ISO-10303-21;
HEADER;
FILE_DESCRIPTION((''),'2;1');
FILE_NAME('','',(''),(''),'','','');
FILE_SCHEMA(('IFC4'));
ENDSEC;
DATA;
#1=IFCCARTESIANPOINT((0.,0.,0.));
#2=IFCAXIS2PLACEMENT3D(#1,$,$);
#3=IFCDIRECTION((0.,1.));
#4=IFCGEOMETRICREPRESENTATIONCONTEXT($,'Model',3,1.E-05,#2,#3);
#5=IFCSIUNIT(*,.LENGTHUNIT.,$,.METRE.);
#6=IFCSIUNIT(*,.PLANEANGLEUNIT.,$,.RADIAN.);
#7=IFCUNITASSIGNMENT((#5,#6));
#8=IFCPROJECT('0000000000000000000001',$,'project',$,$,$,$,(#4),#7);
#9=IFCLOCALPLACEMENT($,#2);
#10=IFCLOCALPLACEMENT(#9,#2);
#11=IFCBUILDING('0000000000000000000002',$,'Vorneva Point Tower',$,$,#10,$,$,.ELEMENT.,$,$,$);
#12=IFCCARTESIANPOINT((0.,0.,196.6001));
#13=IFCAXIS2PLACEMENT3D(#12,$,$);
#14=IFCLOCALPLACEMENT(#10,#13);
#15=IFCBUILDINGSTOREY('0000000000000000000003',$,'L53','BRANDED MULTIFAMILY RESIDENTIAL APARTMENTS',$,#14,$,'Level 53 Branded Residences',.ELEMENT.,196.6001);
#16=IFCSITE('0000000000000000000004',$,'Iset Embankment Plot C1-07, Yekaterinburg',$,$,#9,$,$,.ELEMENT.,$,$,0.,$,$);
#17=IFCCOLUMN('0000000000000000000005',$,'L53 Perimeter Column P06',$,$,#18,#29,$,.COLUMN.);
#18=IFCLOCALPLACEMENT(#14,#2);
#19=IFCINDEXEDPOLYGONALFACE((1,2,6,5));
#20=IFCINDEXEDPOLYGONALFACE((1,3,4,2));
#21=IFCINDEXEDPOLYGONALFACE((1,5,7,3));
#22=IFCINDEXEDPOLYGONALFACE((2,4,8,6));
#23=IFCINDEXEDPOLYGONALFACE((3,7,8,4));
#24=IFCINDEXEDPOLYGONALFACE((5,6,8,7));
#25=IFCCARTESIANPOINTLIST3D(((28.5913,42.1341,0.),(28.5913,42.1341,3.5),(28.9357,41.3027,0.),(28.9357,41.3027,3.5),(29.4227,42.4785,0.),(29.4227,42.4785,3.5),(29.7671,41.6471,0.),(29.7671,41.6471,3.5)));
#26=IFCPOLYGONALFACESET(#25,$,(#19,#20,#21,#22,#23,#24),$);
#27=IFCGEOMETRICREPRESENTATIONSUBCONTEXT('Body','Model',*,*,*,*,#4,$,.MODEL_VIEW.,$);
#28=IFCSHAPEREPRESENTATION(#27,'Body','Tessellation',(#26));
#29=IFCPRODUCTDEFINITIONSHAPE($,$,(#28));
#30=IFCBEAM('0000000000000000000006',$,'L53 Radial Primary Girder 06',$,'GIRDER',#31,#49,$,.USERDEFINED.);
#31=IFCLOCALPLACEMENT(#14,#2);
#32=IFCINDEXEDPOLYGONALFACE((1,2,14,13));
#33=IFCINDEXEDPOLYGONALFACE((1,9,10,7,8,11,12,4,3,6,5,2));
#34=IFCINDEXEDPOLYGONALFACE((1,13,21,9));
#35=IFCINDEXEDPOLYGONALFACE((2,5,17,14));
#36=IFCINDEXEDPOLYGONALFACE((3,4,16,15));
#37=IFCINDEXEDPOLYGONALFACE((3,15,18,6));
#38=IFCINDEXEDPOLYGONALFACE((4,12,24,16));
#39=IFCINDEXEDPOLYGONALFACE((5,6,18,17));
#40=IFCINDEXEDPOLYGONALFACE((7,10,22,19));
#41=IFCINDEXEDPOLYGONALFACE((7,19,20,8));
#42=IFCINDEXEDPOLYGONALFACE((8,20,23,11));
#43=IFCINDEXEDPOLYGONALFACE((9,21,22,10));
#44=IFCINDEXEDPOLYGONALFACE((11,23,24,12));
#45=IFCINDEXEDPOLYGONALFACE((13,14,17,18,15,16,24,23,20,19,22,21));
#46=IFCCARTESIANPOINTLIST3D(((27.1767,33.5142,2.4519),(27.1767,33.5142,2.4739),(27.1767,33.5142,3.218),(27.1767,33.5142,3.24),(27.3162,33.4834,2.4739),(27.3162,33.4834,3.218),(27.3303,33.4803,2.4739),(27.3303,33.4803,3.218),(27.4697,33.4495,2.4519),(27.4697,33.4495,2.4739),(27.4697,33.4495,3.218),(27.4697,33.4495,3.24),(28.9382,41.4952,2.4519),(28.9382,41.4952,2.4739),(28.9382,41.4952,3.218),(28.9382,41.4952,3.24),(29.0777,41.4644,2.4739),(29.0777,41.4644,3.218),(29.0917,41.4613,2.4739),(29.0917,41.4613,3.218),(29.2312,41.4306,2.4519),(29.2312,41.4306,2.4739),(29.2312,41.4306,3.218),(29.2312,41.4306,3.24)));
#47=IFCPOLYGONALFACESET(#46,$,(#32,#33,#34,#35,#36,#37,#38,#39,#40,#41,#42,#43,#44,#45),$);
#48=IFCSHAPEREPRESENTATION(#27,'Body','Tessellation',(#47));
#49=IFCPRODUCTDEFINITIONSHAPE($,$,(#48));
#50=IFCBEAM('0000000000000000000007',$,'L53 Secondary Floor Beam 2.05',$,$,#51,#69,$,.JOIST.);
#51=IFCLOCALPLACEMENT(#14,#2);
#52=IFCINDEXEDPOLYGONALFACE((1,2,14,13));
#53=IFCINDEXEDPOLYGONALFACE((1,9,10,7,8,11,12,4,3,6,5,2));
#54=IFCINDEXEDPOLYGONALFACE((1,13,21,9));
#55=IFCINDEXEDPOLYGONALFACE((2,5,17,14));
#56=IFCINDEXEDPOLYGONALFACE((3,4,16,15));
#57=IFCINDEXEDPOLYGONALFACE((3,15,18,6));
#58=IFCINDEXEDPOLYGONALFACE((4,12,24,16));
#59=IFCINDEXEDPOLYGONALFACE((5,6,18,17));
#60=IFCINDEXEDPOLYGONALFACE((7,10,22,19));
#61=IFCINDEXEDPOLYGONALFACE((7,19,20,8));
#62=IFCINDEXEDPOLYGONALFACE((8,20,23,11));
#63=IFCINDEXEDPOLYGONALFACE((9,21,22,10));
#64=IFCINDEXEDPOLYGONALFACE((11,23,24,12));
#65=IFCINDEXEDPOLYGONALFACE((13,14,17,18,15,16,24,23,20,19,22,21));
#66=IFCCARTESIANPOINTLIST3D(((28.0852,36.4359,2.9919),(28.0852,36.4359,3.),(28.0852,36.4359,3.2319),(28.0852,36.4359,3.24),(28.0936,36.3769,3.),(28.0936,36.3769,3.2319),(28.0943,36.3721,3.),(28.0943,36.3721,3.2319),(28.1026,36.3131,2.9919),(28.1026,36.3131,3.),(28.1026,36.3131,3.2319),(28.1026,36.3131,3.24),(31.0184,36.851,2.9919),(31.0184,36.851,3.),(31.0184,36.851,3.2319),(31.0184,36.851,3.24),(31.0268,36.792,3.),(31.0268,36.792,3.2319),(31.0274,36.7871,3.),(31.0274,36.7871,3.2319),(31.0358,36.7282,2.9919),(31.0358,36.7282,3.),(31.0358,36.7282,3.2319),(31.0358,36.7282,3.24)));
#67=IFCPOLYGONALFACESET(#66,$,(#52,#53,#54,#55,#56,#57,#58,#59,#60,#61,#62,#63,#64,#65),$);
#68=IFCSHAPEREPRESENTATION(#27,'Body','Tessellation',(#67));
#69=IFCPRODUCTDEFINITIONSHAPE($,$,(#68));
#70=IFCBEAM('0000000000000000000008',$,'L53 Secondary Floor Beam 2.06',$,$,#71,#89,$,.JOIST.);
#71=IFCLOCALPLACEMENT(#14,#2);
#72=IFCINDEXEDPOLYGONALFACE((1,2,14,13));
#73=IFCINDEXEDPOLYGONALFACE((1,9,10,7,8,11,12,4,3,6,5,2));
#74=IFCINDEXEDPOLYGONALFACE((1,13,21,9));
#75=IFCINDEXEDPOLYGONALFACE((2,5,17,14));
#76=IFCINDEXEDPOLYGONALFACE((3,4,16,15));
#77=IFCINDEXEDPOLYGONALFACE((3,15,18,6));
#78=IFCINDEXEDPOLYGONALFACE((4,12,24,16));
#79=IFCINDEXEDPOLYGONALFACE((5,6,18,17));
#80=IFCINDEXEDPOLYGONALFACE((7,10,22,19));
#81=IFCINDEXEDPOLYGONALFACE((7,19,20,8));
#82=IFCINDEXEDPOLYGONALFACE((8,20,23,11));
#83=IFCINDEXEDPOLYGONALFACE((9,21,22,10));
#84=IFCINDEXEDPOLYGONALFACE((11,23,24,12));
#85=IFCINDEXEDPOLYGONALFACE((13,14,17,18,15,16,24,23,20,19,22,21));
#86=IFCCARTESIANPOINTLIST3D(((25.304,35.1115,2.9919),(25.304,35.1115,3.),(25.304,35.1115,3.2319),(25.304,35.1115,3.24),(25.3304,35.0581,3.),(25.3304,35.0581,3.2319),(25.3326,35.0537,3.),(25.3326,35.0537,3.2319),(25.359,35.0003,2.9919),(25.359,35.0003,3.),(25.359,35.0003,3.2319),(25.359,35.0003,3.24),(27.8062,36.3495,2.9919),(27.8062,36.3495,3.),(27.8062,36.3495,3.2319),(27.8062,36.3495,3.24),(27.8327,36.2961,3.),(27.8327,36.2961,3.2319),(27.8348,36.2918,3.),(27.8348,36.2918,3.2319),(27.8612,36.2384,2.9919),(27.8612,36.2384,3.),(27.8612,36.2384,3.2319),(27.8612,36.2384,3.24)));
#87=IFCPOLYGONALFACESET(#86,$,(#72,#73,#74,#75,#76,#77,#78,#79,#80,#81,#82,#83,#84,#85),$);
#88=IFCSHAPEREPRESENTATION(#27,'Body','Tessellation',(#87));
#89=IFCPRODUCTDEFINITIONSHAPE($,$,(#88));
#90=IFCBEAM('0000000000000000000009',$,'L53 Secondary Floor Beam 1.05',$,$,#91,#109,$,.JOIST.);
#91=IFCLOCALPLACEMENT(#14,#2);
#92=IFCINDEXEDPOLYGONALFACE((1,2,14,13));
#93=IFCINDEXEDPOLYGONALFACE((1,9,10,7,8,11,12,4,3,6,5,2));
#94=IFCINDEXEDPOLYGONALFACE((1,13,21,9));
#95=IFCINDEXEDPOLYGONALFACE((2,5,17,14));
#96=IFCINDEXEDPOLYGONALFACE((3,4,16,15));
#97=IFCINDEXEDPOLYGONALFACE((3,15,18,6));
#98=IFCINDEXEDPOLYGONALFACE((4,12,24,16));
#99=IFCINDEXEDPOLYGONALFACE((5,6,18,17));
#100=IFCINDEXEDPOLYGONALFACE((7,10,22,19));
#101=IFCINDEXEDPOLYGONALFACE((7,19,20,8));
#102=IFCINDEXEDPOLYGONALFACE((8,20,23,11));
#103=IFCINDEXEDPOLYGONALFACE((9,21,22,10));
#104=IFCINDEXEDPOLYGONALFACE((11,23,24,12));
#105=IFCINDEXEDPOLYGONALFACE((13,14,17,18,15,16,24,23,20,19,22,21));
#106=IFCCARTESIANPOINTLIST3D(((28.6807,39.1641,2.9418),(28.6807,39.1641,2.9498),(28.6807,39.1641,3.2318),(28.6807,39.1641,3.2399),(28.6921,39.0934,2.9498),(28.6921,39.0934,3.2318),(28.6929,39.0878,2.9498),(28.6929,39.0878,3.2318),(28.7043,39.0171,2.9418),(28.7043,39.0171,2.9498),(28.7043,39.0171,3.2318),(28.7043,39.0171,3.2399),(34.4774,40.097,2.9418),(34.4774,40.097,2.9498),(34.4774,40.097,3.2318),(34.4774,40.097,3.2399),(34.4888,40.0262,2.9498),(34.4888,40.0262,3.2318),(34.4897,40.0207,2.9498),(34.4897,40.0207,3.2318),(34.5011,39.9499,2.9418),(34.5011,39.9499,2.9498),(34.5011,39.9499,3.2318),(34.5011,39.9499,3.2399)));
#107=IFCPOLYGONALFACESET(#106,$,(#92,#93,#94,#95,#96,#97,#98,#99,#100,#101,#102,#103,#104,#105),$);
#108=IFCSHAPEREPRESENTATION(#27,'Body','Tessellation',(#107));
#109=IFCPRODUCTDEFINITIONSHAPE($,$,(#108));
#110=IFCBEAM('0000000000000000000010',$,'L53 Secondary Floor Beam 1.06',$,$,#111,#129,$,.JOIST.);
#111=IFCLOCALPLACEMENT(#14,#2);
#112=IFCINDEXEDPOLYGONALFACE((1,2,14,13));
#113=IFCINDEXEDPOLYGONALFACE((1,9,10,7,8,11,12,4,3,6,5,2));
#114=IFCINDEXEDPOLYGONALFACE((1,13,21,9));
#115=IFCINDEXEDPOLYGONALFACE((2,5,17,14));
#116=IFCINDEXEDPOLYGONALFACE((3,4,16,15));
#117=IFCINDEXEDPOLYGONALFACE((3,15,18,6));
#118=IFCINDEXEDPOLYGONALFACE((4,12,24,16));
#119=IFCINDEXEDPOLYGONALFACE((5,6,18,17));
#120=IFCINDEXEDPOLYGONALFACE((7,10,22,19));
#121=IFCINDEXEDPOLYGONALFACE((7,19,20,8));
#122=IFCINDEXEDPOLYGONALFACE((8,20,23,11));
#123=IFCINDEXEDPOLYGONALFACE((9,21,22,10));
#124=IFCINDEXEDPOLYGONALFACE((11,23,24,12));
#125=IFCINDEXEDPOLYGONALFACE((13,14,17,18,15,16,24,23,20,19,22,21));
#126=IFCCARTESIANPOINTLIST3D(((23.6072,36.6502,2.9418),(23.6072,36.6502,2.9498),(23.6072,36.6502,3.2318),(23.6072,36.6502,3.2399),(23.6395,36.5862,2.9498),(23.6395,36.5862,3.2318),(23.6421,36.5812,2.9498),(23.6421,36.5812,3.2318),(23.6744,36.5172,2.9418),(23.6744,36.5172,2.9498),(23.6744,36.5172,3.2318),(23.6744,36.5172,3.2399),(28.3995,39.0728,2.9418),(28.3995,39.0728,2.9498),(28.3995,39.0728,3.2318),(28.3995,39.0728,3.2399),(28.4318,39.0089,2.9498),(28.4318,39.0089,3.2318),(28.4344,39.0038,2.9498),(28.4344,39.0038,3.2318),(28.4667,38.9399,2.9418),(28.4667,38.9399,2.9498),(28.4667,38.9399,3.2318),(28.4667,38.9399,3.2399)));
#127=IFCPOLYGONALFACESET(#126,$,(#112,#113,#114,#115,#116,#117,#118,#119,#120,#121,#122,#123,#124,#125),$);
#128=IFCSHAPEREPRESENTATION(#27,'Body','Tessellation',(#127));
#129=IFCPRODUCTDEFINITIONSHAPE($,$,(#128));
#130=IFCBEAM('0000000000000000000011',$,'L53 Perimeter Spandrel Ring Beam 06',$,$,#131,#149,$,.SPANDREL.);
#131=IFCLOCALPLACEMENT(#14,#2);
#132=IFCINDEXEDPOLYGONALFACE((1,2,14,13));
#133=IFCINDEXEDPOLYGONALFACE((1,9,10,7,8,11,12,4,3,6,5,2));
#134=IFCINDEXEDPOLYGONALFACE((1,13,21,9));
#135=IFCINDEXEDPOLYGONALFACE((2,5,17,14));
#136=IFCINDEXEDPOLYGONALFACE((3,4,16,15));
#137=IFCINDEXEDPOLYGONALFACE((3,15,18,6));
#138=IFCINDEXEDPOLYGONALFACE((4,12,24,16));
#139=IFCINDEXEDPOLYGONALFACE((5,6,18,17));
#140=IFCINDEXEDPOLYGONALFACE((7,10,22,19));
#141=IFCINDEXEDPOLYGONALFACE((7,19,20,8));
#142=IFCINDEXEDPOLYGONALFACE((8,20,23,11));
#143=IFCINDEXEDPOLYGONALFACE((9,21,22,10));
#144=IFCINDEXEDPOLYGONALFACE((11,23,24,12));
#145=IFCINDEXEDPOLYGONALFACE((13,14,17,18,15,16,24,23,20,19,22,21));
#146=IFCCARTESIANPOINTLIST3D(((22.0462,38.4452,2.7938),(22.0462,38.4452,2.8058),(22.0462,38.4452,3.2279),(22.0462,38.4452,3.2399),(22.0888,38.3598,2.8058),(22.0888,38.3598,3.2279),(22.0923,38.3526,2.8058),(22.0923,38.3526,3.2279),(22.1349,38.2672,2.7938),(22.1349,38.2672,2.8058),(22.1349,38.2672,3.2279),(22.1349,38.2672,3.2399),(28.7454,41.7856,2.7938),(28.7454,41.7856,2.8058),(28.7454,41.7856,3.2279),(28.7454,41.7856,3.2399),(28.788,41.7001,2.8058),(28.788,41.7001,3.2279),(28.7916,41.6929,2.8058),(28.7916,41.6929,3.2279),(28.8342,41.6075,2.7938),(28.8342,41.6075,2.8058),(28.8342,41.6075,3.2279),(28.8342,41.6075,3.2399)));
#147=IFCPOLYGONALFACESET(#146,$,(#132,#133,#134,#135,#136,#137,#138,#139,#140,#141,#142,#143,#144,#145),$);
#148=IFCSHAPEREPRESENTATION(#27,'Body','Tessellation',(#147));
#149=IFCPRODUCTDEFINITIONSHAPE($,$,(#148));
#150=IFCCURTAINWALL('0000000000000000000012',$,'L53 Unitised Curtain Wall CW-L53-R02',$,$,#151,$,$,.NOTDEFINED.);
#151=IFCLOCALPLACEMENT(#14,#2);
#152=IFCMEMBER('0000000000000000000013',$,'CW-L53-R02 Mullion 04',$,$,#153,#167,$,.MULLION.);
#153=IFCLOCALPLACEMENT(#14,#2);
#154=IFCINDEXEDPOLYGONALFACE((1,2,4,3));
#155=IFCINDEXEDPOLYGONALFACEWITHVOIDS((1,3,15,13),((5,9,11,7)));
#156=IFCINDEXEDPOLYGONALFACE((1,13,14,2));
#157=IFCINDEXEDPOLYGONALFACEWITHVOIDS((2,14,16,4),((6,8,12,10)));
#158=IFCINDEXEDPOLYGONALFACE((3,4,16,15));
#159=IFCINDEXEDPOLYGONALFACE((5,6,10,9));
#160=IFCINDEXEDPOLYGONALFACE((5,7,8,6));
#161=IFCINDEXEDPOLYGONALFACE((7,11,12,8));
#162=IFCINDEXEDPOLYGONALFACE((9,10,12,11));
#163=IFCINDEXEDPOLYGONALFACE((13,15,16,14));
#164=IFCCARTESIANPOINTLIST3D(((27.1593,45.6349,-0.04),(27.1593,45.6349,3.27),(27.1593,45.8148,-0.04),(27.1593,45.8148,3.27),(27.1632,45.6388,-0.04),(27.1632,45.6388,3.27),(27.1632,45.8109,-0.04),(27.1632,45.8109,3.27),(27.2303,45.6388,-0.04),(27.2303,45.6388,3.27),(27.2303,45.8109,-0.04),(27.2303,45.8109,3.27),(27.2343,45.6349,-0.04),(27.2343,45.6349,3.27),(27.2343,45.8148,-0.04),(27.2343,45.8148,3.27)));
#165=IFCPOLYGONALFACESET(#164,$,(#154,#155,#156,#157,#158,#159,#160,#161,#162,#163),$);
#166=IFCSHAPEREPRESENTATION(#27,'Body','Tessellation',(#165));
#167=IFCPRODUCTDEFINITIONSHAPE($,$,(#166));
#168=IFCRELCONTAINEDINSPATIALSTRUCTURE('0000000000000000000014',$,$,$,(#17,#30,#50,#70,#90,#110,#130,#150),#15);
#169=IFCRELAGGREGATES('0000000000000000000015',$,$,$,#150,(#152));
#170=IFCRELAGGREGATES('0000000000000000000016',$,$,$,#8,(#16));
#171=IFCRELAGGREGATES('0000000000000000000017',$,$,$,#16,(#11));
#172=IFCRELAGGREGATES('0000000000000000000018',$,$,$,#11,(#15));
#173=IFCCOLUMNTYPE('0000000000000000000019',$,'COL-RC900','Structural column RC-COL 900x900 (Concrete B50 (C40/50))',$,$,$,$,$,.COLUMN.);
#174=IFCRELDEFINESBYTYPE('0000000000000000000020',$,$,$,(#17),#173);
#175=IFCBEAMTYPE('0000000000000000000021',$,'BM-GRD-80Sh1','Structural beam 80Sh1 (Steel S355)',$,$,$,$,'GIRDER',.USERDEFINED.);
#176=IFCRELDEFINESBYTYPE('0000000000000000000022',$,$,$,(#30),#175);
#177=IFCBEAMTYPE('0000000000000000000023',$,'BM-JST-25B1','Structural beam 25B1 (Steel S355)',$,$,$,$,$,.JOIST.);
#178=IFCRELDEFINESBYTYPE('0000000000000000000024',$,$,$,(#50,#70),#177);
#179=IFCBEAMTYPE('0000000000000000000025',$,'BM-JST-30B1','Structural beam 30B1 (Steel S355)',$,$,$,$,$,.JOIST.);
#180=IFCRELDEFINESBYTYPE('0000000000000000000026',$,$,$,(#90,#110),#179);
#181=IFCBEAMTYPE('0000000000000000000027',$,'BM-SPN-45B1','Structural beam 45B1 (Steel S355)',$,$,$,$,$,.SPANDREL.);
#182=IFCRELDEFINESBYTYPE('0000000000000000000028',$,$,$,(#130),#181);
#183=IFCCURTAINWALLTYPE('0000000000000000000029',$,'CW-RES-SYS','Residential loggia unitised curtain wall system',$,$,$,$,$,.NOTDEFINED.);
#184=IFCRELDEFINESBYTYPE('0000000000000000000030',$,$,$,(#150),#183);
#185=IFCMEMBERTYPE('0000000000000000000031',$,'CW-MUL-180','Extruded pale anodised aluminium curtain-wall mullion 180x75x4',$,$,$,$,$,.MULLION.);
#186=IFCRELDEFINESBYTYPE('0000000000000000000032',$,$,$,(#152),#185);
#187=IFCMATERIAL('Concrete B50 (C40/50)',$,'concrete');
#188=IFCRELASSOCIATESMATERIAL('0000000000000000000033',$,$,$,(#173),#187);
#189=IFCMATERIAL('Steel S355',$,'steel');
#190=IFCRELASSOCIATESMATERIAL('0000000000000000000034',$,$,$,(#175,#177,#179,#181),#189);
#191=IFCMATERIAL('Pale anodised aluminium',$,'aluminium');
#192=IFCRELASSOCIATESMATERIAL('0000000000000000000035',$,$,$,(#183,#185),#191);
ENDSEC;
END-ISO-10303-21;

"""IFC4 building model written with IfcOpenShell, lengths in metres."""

from ifc_helpers import new_model, si_unit, direction, frame, origin, origin_2d, place, context, subcontext, project, spatial, rectangle, hollow_rectangle, i_section, extrude, material, material_profile, profile_set, type_object, element, aggregate, save


model = new_model("IFC4")

# Units and contexts
model_context = context("Model", 3, precision=1e-05, world=origin(), true_north=direction((0.0, 1.0)))
body_context = subcontext(model_context, "Body", "Model", "MODEL_VIEW")
ifc_project = project(units=[si_unit("LENGTHUNIT", "METRE"), si_unit("PLANEANGLEUNIT", "RADIAN")], contexts=[model_context])

# Site, building, storey
site_placement = place(None, origin())
site = spatial("IfcSite", under=ifc_project, at=site_placement, Name="Iset Embankment Plot C1-07, Yekaterinburg", CompositionType="ELEMENT", RefElevation=0.0)
building_placement = place(site_placement, origin())
building = spatial("IfcBuilding", under=site, at=building_placement, Name="Vorneva Point Tower", CompositionType="ELEMENT")
storey_placement = place(building_placement, frame((0.0, 0.0, 196.6001)))
storey = spatial("IfcBuildingStorey", under=building, at=storey_placement, Name="L53", Description="BRANDED MULTIFAMILY RESIDENTIAL APARTMENTS", LongName="Level 53 Branded Residences", CompositionType="ELEMENT", Elevation=196.6001)

# Column
ifc_material_1 = material(Name="Concrete B50 (C40/50)", Category="concrete")
ifc_material_profile_1 = material_profile(ifc_material_1, rectangle(XDim=0.8999, YDim=0.8999, at=origin_2d()), Name="RC-COL 900x900")
ifc_profile_set_1 = profile_set([ifc_material_profile_1], Name="Concrete B50 (C40/50)")
column_type = type_object("IfcColumnType", Name="COL-RC900", Description="Structural column RC-COL 900x900 (Concrete B50 (C40/50))", PredefinedType="COLUMN", material=ifc_profile_set_1)
column_placement = place(storey_placement, frame((29.1792, 41.8906, 0.0), z_axis=(0.0, 0.0, 1.0), x_axis=(-0.382683, 0.92388, 0.0)))
element("IfcColumn", 1, at=column_placement, inside=storey, type_object=column_type, Name="L53 Perimeter Column P06", PredefinedType="COLUMN", context=body_context, shape_type="SweptSolid", body=[
    extrude(rectangle(XDim=0.8999, YDim=0.8999, at=origin_2d()), origin(), (0.0, 0.0, 1.0), 3.5),
])

# Beams
ifc_material_2 = material(Name="Steel S355", Category="steel")
ifc_material_profile_2 = material_profile(ifc_material_2, i_section(OverallWidth=0.3, OverallDepth=0.7881, WebThickness=0.0144, FlangeThickness=0.022, at=origin_2d()), Name="80Sh1")
ifc_profile_set_2 = profile_set([ifc_material_profile_2], Name="Steel S355")
beam_type_1 = type_object("IfcBeamType", Name="BM-GRD-80Sh1", Description="Structural beam 80Sh1 (Steel S355)", ElementType="GIRDER", PredefinedType="USERDEFINED", material=ifc_profile_set_2)
beam_1_placement = place(storey_placement, frame((29.0847, 41.4629, 2.8459), z_axis=(-0.215523, -0.976499, 0.0), x_axis=(0.976499, -0.215523, 0.0)))
element("IfcBeam", 2, at=beam_1_placement, inside=storey, type_object=beam_type_1, Name="L53 Radial Primary Girder 06", ObjectType="GIRDER", PredefinedType="USERDEFINED", context=body_context, shape_type="SweptSolid", body=[
    extrude(i_section(OverallWidth=0.3, OverallDepth=0.7881, WebThickness=0.0144, FlangeThickness=0.022, at=origin_2d()), origin(), (0.0, 0.0, 1.0), 8.1731),
])
ifc_material_profile_3 = material_profile(ifc_material_2, i_section(OverallWidth=0.124, OverallDepth=0.248, WebThickness=0.0049, FlangeThickness=0.0081, at=origin_2d()), Name="25B1")
ifc_profile_set_3 = profile_set([ifc_material_profile_3], Name="Steel S355")
beam_type_2 = type_object("IfcBeamType", Name="BM-JST-25B1", Description="Structural beam 25B1 (Steel S355)", PredefinedType="JOIST", material=ifc_profile_set_3)
beam_2_placement = place(storey_placement, frame((31.0271, 36.7896, 3.116), z_axis=(-0.990137, -0.140106, 0.0), x_axis=(0.140106, -0.990137, 0.0)))
element("IfcBeam", 3, at=beam_2_placement, inside=storey, type_object=beam_type_2, Name="L53 Secondary Floor Beam 2.05", PredefinedType="JOIST", context=body_context, shape_type="SweptSolid", body=[
    extrude(i_section(OverallWidth=0.124, OverallDepth=0.248, WebThickness=0.0049, FlangeThickness=0.0081, at=origin_2d()), origin(), (0.0, 0.0, 1.0), 2.9624),
])
beam_3_placement = place(storey_placement, frame((27.8337, 36.2939, 3.116), z_axis=(-0.896291, -0.443467, 0.0), x_axis=(0.443467, -0.896291, 0.0)))
element("IfcBeam", 4, at=beam_3_placement, inside=storey, type_object=beam_type_2, Name="L53 Secondary Floor Beam 2.06", PredefinedType="JOIST", context=body_context, shape_type="SweptSolid", body=[
    extrude(i_section(OverallWidth=0.124, OverallDepth=0.248, WebThickness=0.0049, FlangeThickness=0.0081, at=origin_2d()), origin(), (0.0, 0.0, 1.0), 2.7917),
])
ifc_material_profile_4 = material_profile(ifc_material_2, i_section(OverallWidth=0.1489, OverallDepth=0.2981, WebThickness=0.0056, FlangeThickness=0.0081, at=origin_2d()), Name="30B1")
ifc_profile_set_4 = profile_set([ifc_material_profile_4], Name="Steel S355")
beam_type_3 = type_object("IfcBeamType", Name="BM-JST-30B1", Description="Structural beam 30B1 (Steel S355)", PredefinedType="JOIST", material=ifc_profile_set_4)
beam_4_placement = place(storey_placement, frame((34.4893, 40.0234, 3.0908), z_axis=(-0.987298, -0.158881, 0.0), x_axis=(0.158881, -0.987298, 0.0)))
element("IfcBeam", 5, at=beam_4_placement, inside=storey, type_object=beam_type_3, Name="L53 Secondary Floor Beam 1.05", PredefinedType="JOIST", context=body_context, shape_type="SweptSolid", body=[
    extrude(i_section(OverallWidth=0.1489, OverallDepth=0.2981, WebThickness=0.0056, FlangeThickness=0.0081, at=origin_2d()), origin(), (0.0, 0.0, 1.0), 5.8713),
])
beam_5_placement = place(storey_placement, frame((28.4331, 39.0063, 3.0908), z_axis=(-0.892445, -0.451156, 0.0), x_axis=(0.451156, -0.892445, 0.0)))
element("IfcBeam", 6, at=beam_5_placement, inside=storey, type_object=beam_type_3, Name="L53 Secondary Floor Beam 1.06", PredefinedType="JOIST", context=body_context, shape_type="SweptSolid", body=[
    extrude(i_section(OverallWidth=0.1489, OverallDepth=0.2981, WebThickness=0.0056, FlangeThickness=0.0081, at=origin_2d()), origin(), (0.0, 0.0, 1.0), 5.3699),
])
ifc_material_profile_5 = material_profile(ifc_material_2, i_section(OverallWidth=0.199, OverallDepth=0.446, WebThickness=0.0081, FlangeThickness=0.012, at=origin_2d()), Name="45B1")
ifc_profile_set_5 = profile_set([ifc_material_profile_5], Name="Steel S355")
beam_type_4 = type_object("IfcBeamType", Name="BM-SPN-45B1", Description="Structural beam 45B1 (Steel S355)", PredefinedType="SPANDREL", material=ifc_profile_set_5)
beam_6_placement = place(storey_placement, frame((28.7898, 41.6965, 3.0168), z_axis=(-0.894922, -0.446222, 0.0), x_axis=(0.446222, -0.894922, 0.0)))
element("IfcBeam", 7, at=beam_6_placement, inside=storey, type_object=beam_type_4, Name="L53 Perimeter Spandrel Ring Beam 06", PredefinedType="SPANDREL", context=body_context, shape_type="SweptSolid", body=[
    extrude(i_section(OverallWidth=0.199, OverallDepth=0.446, WebThickness=0.0081, FlangeThickness=0.012, at=origin_2d()), origin(), (0.0, 0.0, 1.0), 7.4858),
])

# Curtain wall, member
ifc_material_3 = material(Name="Pale anodised aluminium", Category="aluminium")
curtain_wall_type = type_object("IfcCurtainWallType", Name="CW-RES-SYS", Description="Residential loggia unitised curtain wall system", PredefinedType="NOTDEFINED", material=ifc_material_3)
curtain_wall_placement = place(storey_placement, origin())
curtain_wall = element("IfcCurtainWall", 8, at=curtain_wall_placement, inside=storey, type_object=curtain_wall_type, Name="L53 Unitised Curtain Wall CW-L53-R02", PredefinedType="NOTDEFINED")
ifc_material_profile_6 = material_profile(ifc_material_3, hollow_rectangle(XDim=0.075, YDim=0.1799, WallThickness=0.0039, at=origin_2d()), Name="AL-MUL 180x75x4")
ifc_profile_set_6 = profile_set([ifc_material_profile_6], Name="Pale anodised aluminium")
member_type_1 = type_object("IfcMemberType", Name="CW-MUL-180", Description="Extruded pale anodised aluminium curtain-wall mullion 180x75x4", PredefinedType="MULLION", material=ifc_profile_set_6)
member_1_placement = place(storey_placement, frame((27.1968, 45.7249, -0.04), z_axis=(0.0, 0.0, 1.0), x_axis=(1.0, 0.0, 0.0)))
member_1 = element("IfcMember", 9, at=member_1_placement, type_object=member_type_1, Name="CW-L53-R02 Mullion 04", PredefinedType="MULLION", context=body_context, shape_type="SweptSolid", body=[
    extrude(hollow_rectangle(XDim=0.075, YDim=0.1799, WallThickness=0.0039, at=origin_2d()), origin(), (0.0, 0.0, 1.0), 3.3101),
])
aggregate(curtain_wall, [member_1])

save(model, "model.ifc")
